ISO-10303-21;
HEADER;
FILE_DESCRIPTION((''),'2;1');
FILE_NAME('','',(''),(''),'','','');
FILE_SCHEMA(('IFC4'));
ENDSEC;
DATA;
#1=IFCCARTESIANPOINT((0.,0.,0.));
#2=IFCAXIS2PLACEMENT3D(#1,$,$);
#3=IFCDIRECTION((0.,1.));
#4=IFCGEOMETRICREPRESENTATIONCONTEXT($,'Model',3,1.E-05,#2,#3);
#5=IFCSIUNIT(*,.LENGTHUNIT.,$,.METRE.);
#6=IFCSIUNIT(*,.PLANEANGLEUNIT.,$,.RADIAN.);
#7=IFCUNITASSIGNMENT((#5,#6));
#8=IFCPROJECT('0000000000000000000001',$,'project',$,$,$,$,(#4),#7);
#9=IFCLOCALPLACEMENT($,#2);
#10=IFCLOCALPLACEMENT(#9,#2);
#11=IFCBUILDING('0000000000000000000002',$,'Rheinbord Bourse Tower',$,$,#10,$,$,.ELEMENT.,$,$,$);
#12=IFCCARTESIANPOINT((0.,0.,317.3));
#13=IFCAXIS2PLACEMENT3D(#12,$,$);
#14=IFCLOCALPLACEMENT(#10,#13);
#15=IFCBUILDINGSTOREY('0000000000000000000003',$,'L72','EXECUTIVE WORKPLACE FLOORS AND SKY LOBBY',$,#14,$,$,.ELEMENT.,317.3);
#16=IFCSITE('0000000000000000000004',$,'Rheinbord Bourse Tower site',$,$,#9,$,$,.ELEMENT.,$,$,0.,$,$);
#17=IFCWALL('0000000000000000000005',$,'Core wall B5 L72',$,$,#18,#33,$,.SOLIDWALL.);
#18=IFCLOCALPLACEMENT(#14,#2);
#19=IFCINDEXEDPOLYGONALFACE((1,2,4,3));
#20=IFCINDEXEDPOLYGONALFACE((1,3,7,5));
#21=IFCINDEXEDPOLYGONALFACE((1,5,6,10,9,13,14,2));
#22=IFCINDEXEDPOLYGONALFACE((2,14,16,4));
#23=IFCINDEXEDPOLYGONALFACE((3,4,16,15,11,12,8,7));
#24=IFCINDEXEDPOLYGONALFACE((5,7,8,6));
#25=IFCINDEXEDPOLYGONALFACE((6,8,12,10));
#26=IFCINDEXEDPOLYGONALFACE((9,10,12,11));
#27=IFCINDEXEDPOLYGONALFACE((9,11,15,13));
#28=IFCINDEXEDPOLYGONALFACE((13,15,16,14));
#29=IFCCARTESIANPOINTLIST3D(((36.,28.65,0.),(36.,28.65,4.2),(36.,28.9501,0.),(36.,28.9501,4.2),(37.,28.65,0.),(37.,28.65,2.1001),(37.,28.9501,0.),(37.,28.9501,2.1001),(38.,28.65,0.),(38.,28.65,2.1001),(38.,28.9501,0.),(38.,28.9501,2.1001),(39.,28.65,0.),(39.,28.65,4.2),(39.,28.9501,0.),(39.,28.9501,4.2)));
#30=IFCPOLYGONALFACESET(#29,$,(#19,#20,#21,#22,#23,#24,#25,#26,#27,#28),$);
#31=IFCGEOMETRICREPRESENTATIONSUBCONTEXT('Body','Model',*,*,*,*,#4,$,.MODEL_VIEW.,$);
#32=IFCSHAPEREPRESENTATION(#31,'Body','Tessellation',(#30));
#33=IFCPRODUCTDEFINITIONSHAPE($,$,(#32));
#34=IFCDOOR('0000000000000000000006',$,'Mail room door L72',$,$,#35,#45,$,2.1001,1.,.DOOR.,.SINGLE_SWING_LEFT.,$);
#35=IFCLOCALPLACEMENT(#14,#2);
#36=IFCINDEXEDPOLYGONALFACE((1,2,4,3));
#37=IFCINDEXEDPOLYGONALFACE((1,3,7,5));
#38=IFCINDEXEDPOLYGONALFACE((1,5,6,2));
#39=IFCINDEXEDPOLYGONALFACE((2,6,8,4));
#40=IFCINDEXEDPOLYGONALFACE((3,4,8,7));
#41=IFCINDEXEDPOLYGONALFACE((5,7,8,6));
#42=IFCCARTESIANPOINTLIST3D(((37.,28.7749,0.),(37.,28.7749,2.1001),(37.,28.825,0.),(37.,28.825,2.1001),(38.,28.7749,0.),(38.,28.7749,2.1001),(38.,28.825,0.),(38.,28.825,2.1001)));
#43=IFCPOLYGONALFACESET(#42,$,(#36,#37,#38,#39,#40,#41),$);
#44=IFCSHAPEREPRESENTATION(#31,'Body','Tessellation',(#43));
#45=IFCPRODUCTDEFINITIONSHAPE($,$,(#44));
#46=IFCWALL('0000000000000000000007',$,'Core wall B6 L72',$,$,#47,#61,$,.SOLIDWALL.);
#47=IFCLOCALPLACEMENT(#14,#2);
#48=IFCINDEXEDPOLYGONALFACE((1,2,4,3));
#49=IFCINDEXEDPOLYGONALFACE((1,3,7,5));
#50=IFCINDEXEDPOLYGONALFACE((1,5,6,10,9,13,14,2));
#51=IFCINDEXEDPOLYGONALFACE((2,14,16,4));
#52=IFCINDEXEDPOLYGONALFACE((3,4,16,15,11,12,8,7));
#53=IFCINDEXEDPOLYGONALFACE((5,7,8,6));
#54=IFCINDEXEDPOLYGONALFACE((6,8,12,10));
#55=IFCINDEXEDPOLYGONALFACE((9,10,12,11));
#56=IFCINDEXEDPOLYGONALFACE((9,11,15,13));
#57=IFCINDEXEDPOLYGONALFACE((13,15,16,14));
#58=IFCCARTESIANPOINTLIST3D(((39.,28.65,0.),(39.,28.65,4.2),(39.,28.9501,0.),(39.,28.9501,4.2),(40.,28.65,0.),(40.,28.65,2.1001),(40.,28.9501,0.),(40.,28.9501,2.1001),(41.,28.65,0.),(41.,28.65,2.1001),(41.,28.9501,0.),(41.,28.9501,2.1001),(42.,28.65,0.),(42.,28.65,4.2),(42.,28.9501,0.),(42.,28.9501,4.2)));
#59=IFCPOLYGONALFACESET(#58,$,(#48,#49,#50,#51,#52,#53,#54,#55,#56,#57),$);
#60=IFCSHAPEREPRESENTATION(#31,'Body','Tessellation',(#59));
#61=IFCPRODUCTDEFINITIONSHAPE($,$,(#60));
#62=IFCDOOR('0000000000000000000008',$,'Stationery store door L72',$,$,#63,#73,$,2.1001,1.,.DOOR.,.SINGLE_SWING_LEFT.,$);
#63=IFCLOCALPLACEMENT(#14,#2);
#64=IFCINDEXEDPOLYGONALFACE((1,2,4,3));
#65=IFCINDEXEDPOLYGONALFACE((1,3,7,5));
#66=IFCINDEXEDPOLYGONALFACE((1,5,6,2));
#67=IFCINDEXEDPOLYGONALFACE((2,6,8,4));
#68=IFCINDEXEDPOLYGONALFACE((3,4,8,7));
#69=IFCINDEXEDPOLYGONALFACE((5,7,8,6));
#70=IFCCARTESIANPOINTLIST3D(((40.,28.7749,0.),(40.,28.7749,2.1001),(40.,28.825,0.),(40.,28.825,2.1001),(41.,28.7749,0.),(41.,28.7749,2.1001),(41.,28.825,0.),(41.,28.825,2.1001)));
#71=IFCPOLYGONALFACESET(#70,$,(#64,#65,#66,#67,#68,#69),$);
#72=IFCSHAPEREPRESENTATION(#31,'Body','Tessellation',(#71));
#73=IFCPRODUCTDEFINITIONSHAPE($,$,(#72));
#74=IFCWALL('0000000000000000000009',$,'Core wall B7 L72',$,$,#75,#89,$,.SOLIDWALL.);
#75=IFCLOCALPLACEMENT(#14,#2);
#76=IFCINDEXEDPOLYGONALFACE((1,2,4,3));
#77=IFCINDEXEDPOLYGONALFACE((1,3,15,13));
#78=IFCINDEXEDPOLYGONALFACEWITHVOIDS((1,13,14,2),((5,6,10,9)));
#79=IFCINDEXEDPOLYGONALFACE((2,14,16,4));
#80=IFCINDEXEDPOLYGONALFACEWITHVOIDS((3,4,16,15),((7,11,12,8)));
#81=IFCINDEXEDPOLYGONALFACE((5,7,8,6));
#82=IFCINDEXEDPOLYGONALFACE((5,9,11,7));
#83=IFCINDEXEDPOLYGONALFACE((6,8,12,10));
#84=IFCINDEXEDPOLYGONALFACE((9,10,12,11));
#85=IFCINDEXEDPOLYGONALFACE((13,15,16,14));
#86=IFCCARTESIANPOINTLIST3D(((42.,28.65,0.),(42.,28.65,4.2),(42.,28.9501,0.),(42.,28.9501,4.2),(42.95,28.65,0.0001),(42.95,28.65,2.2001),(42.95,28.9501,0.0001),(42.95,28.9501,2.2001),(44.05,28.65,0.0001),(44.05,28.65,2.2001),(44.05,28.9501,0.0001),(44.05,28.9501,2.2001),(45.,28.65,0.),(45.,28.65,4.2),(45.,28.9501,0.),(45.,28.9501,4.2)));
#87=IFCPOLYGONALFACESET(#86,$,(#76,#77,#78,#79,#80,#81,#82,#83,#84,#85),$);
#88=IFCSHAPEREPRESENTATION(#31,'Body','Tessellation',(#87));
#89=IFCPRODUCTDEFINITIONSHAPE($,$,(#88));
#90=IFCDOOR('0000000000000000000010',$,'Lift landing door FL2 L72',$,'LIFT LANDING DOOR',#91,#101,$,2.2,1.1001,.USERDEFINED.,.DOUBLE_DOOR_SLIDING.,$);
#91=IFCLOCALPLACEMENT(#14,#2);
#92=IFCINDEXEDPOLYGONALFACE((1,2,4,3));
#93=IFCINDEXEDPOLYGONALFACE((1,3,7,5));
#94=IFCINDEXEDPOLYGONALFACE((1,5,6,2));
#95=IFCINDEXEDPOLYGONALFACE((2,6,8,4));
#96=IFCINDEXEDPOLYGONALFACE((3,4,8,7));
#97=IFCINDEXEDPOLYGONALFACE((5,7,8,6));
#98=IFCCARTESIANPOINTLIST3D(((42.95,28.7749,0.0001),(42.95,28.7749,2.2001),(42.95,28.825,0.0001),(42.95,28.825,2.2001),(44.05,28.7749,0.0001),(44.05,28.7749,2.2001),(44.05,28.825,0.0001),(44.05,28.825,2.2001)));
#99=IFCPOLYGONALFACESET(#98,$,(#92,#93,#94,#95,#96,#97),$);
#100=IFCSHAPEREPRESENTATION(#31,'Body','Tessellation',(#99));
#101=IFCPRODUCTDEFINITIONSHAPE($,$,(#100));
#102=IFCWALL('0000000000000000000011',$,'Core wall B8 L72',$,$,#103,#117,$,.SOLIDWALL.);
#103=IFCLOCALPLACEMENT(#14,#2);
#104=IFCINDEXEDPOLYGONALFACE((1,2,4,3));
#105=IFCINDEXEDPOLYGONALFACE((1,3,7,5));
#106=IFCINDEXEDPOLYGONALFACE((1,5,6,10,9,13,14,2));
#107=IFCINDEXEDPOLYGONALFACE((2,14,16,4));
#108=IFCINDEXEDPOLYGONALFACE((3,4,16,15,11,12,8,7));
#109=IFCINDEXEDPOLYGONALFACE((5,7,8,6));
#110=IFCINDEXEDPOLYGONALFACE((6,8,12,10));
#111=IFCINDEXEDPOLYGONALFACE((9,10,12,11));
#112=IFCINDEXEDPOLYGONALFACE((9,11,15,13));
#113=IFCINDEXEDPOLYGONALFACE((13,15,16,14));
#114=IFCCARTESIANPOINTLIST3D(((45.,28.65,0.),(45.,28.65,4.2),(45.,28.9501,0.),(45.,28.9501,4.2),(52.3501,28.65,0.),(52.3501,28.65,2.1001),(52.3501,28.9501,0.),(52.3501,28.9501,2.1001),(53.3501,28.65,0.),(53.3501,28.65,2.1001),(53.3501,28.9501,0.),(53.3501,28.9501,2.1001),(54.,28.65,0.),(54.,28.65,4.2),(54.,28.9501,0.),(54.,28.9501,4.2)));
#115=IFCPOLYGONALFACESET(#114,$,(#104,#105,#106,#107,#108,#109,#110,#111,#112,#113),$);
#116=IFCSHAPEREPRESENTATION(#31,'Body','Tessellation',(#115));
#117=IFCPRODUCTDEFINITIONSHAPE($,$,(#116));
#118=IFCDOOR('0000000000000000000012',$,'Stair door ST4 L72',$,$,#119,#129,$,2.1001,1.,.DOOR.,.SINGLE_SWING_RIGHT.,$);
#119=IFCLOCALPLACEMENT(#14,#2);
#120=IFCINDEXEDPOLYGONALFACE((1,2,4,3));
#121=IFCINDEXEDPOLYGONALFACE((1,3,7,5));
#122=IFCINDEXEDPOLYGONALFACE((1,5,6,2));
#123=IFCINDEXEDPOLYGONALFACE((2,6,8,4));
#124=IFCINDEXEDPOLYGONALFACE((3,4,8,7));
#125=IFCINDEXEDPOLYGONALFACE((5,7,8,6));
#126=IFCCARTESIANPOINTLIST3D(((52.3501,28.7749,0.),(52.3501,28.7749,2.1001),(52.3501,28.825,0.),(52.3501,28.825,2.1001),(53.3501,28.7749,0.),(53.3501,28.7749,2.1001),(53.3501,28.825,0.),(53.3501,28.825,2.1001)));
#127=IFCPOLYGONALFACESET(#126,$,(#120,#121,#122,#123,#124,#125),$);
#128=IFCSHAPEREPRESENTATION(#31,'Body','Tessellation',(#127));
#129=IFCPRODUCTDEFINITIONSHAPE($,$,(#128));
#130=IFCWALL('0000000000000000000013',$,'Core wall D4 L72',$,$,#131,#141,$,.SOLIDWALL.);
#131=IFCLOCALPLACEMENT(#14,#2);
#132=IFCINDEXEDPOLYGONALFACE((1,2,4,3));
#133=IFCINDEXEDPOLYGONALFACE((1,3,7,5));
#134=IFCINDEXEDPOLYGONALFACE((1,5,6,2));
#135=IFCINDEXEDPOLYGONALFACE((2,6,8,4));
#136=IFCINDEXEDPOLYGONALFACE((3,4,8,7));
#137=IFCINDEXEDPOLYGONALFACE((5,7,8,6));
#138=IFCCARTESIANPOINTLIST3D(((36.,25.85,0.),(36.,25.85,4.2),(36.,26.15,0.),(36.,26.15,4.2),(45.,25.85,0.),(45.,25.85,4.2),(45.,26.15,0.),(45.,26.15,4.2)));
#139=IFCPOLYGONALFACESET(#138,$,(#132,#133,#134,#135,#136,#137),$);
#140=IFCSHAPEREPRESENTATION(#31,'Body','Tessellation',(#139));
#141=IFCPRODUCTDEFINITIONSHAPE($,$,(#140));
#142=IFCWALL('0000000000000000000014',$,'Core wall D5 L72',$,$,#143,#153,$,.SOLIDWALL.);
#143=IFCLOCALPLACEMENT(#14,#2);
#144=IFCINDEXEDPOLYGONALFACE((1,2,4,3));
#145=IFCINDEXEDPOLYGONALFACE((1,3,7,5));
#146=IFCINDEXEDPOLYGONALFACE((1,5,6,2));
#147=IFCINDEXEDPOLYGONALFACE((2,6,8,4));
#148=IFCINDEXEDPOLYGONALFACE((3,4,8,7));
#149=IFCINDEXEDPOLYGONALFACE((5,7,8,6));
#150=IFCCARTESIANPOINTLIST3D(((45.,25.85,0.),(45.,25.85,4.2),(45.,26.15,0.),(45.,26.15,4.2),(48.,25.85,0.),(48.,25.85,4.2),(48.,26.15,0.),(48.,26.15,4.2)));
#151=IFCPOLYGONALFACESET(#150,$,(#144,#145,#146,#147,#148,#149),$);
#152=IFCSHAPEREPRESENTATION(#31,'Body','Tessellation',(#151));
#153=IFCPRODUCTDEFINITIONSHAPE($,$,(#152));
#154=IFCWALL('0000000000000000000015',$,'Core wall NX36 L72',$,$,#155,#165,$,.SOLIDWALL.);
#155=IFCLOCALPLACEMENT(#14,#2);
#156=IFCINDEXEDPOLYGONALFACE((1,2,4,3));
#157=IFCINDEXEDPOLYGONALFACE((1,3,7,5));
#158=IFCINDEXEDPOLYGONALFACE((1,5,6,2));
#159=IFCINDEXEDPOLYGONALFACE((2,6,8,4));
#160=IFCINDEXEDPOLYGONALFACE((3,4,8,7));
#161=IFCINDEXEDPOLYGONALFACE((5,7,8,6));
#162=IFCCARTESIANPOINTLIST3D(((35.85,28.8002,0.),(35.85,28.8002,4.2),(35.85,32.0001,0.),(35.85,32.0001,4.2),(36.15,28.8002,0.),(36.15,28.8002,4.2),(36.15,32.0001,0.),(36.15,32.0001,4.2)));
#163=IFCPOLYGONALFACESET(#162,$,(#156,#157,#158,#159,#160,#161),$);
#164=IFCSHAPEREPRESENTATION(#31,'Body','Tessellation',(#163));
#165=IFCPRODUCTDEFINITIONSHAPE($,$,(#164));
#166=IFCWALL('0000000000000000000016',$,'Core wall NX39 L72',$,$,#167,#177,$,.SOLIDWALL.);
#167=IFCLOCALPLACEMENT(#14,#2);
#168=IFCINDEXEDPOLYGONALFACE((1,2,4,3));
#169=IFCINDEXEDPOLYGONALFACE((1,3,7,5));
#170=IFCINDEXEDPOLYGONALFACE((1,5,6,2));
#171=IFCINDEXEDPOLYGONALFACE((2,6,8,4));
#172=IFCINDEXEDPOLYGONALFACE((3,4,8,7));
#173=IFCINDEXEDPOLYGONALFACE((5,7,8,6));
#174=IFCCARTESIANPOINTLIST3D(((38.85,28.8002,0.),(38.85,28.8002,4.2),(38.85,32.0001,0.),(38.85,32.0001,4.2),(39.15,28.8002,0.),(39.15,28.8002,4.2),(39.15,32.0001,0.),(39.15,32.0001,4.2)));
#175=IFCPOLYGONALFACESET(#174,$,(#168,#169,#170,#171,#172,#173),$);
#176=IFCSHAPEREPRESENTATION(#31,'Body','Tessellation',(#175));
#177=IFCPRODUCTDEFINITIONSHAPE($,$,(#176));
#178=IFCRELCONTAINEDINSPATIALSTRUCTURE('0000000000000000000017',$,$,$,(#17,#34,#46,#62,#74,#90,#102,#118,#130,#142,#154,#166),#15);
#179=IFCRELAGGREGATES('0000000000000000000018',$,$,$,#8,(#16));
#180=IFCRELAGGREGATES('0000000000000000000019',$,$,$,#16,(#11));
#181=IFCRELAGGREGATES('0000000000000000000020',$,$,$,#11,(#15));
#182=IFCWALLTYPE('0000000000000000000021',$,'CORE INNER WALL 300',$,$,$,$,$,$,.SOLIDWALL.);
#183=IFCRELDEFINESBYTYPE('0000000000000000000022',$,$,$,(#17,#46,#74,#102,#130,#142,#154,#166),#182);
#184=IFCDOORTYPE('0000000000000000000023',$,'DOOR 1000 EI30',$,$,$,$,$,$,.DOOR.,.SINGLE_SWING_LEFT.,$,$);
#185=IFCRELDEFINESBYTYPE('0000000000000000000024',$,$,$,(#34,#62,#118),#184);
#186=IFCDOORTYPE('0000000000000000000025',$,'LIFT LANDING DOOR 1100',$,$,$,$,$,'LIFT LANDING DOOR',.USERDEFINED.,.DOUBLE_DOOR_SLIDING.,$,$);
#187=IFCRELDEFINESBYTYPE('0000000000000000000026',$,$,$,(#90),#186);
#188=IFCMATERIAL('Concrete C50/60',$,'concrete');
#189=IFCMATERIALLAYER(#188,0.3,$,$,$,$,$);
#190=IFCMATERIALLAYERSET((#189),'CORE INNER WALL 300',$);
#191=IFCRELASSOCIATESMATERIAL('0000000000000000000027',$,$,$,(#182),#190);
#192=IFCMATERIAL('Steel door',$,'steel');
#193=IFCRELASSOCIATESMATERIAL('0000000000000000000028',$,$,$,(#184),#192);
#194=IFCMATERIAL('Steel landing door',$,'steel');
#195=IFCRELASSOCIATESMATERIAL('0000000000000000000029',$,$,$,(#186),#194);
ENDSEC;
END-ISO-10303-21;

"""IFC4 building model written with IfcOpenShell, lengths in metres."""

from ifc_helpers import new_model, si_unit, direction, frame, frame_2d, origin, place, context, subcontext, project, spatial, rectangle, extrude, material, layer, layer_set, type_object, element, fill, save


model = new_model("IFC4")

# Units and contexts
model_context = context("Model", 3, precision=1e-05, world=origin(), true_north=direction((0.0, 1.0)))
body_context = subcontext(model_context, "Body", "Model", "MODEL_VIEW")
ifc_project = project(units=[si_unit("LENGTHUNIT", "METRE"), si_unit("PLANEANGLEUNIT", "RADIAN")], contexts=[model_context])

# Site, building, storey
site_placement = place(None, origin())
site = spatial("IfcSite", under=ifc_project, at=site_placement, Name="Rheinbord Bourse Tower site", CompositionType="ELEMENT", RefElevation=0.0)
building_placement = place(site_placement, origin())
building = spatial("IfcBuilding", under=site, at=building_placement, Name="Rheinbord Bourse Tower", CompositionType="ELEMENT")
storey_placement = place(building_placement, frame((0.0, 0.0, 317.3)))
storey = spatial("IfcBuildingStorey", under=building, at=storey_placement, Name="L72", Description="EXECUTIVE WORKPLACE FLOORS AND SKY LOBBY", CompositionType="ELEMENT", Elevation=317.3)

# Walls, openings, doors
ifc_material_1 = material(Name="Concrete C50/60", Category="concrete")
ifc_layer_1 = layer(ifc_material_1, 0.3)
ifc_layer_set_1 = layer_set([ifc_layer_1], Name="CORE INNER WALL 300")
wall_type_1 = type_object("IfcWallType", Name="CORE INNER WALL 300", PredefinedType="SOLIDWALL", material=ifc_layer_set_1)
wall_1_placement = place(storey_placement, frame((36.0, 28.8, 0.0), z_axis=(0.0, 0.0, 1.0), x_axis=(1.0, 0.0, 0.0)))
wall_1 = element("IfcWall", 1, at=wall_1_placement, inside=storey, type_object=wall_type_1, Name="Core wall B5 L72", PredefinedType="SOLIDWALL", context=body_context, shape_type="SweptSolid", body=[
    extrude(rectangle(XDim=3.0, YDim=0.3, at=frame_2d((1.5, 0.0))), origin(), (0.0, 0.0, 1.0), 4.2),
])
opening_1_placement = place(wall_1_placement, frame((1.0, 0.0, 0.0)))
opening_1 = element("IfcOpeningElement", 2, at=opening_1_placement, cuts=wall_1, PredefinedType="OPENING", context=body_context, shape_type="SweptSolid", body=[
    extrude(rectangle(XDim=1.0, YDim=2.1001, at=frame_2d((0.5, 1.05))), frame((0.0, 0.1599, 0.0), z_axis=(0.0, -1.0, 0.0), x_axis=(1.0, 0.0, 0.0)), (0.0, 0.0, 1.0), 0.3201),
])
ifc_material_2 = material(Name="Steel door", Category="steel")
door_type_1 = type_object("IfcDoorType", Name="DOOR 1000 EI30", OperationType="SINGLE_SWING_LEFT", PredefinedType="DOOR", material=ifc_material_2)
door_1_placement = place(opening_1_placement, origin())
door_1 = element("IfcDoor", 3, at=door_1_placement, inside=storey, type_object=door_type_1, Name="Mail room door L72", OperationType="SINGLE_SWING_LEFT", OverallHeight=2.1001, OverallWidth=1.0, PredefinedType="DOOR", context=body_context, shape_type="SweptSolid", body=[
    extrude(rectangle(XDim=1.0, YDim=2.1001, at=frame_2d((0.5, 1.05))), frame((0.0, 0.0249, 0.0), z_axis=(0.0, -1.0, 0.0), x_axis=(1.0, 0.0, 0.0)), (0.0, 0.0, 1.0), 0.05),
])
fill(opening_1, door_1)
wall_2_placement = place(storey_placement, frame((39.0, 28.8, 0.0), z_axis=(0.0, 0.0, 1.0), x_axis=(1.0, 0.0, 0.0)))
wall_2 = element("IfcWall", 4, at=wall_2_placement, inside=storey, type_object=wall_type_1, Name="Core wall B6 L72", PredefinedType="SOLIDWALL", context=body_context, shape_type="SweptSolid", body=[
    extrude(rectangle(XDim=3.0, YDim=0.3, at=frame_2d((1.5, 0.0))), origin(), (0.0, 0.0, 1.0), 4.2),
])
opening_2_placement = place(wall_2_placement, frame((1.0, 0.0, 0.0)))
opening_2 = element("IfcOpeningElement", 5, at=opening_2_placement, cuts=wall_2, PredefinedType="OPENING", context=body_context, shape_type="SweptSolid", body=[
    extrude(rectangle(XDim=1.0, YDim=2.1001, at=frame_2d((0.5, 1.05))), frame((0.0, 0.1599, 0.0), z_axis=(0.0, -1.0, 0.0), x_axis=(1.0, 0.0, 0.0)), (0.0, 0.0, 1.0), 0.3201),
])
door_2_placement = place(opening_2_placement, origin())
door_2 = element("IfcDoor", 6, at=door_2_placement, inside=storey, type_object=door_type_1, Name="Stationery store door L72", OperationType="SINGLE_SWING_LEFT", OverallHeight=2.1001, OverallWidth=1.0, PredefinedType="DOOR", context=body_context, shape_type="SweptSolid", body=[
    extrude(rectangle(XDim=1.0, YDim=2.1001, at=frame_2d((0.5, 1.05))), frame((0.0, 0.0249, 0.0), z_axis=(0.0, -1.0, 0.0), x_axis=(1.0, 0.0, 0.0)), (0.0, 0.0, 1.0), 0.05),
])
fill(opening_2, door_2)
wall_3_placement = place(storey_placement, frame((42.0, 28.8, 0.0), z_axis=(0.0, 0.0, 1.0), x_axis=(1.0, 0.0, 0.0)))
wall_3 = element("IfcWall", 7, at=wall_3_placement, inside=storey, type_object=wall_type_1, Name="Core wall B7 L72", PredefinedType="SOLIDWALL", context=body_context, shape_type="SweptSolid", body=[
    extrude(rectangle(XDim=3.0, YDim=0.3, at=frame_2d((1.5, 0.0))), origin(), (0.0, 0.0, 1.0), 4.2),
])
opening_3_placement = place(wall_3_placement, frame((0.95, 0.0, 0.0)))
opening_3 = element("IfcOpeningElement", 8, at=opening_3_placement, cuts=wall_3, PredefinedType="OPENING", context=body_context, shape_type="SweptSolid", body=[
    extrude(rectangle(XDim=1.1001, YDim=2.2, at=frame_2d((0.55, 1.1001))), frame((0.0, 0.1599, 0.0), z_axis=(0.0, -1.0, 0.0), x_axis=(1.0, 0.0, 0.0)), (0.0, 0.0, 1.0), 0.3201),
])
ifc_material_3 = material(Name="Steel landing door", Category="steel")
door_type_2 = type_object("IfcDoorType", Name="LIFT LANDING DOOR 1100", ElementType="LIFT LANDING DOOR", OperationType="DOUBLE_DOOR_SLIDING", PredefinedType="USERDEFINED", material=ifc_material_3)
door_3_placement = place(opening_3_placement, origin())
door_3 = element("IfcDoor", 9, at=door_3_placement, inside=storey, type_object=door_type_2, Name="Lift landing door FL2 L72", ObjectType="LIFT LANDING DOOR", OperationType="DOUBLE_DOOR_SLIDING", OverallHeight=2.2, OverallWidth=1.1001, PredefinedType="USERDEFINED", context=body_context, shape_type="SweptSolid", body=[
    extrude(rectangle(XDim=1.1001, YDim=2.2, at=frame_2d((0.55, 1.1001))), frame((0.0, 0.0249, 0.0), z_axis=(0.0, -1.0, 0.0), x_axis=(1.0, 0.0, 0.0)), (0.0, 0.0, 1.0), 0.05),
])
fill(opening_3, door_3)
wall_4_placement = place(storey_placement, frame((45.0, 28.8, 0.0), z_axis=(0.0, 0.0, 1.0), x_axis=(1.0, 0.0, 0.0)))
wall_4 = element("IfcWall", 10, at=wall_4_placement, inside=storey, type_object=wall_type_1, Name="Core wall B8 L72", PredefinedType="SOLIDWALL", context=body_context, shape_type="SweptSolid", body=[
    extrude(rectangle(XDim=9.0, YDim=0.3, at=frame_2d((4.5, 0.0))), origin(), (0.0, 0.0, 1.0), 4.2),
])
opening_4_placement = place(wall_4_placement, frame((7.3501, 0.0, 0.0)))
opening_4 = element("IfcOpeningElement", 11, at=opening_4_placement, cuts=wall_4, PredefinedType="OPENING", context=body_context, shape_type="SweptSolid", body=[
    extrude(rectangle(XDim=1.0, YDim=2.1001, at=frame_2d((0.5, 1.05))), frame((0.0, 0.1599, 0.0), z_axis=(0.0, -1.0, 0.0), x_axis=(1.0, 0.0, 0.0)), (0.0, 0.0, 1.0), 0.3201),
])
door_4_placement = place(opening_4_placement, origin())
door_4 = element("IfcDoor", 12, at=door_4_placement, inside=storey, type_object=door_type_1, Name="Stair door ST4 L72", OperationType="SINGLE_SWING_RIGHT", OverallHeight=2.1001, OverallWidth=1.0, PredefinedType="DOOR", context=body_context, shape_type="SweptSolid", body=[
    extrude(rectangle(XDim=1.0, YDim=2.1001, at=frame_2d((0.5, 1.05))), frame((0.0, 0.0249, 0.0), z_axis=(0.0, -1.0, 0.0), x_axis=(1.0, 0.0, 0.0)), (0.0, 0.0, 1.0), 0.05),
])
fill(opening_4, door_4)

# Walls
wall_5_placement = place(storey_placement, frame((36.0, 26.0, 0.0), z_axis=(0.0, 0.0, 1.0), x_axis=(1.0, 0.0, 0.0)))
element("IfcWall", 13, at=wall_5_placement, inside=storey, type_object=wall_type_1, Name="Core wall D4 L72", PredefinedType="SOLIDWALL", context=body_context, shape_type="SweptSolid", body=[
    extrude(rectangle(XDim=9.0, YDim=0.3, at=frame_2d((4.5, 0.0))), origin(), (0.0, 0.0, 1.0), 4.2),
])
wall_6_placement = place(storey_placement, frame((45.0, 26.0, 0.0), z_axis=(0.0, 0.0, 1.0), x_axis=(1.0, 0.0, 0.0)))
element("IfcWall", 14, at=wall_6_placement, inside=storey, type_object=wall_type_1, Name="Core wall D5 L72", PredefinedType="SOLIDWALL", context=body_context, shape_type="SweptSolid", body=[
    extrude(rectangle(XDim=3.0, YDim=0.3, at=frame_2d((1.5, 0.0))), origin(), (0.0, 0.0, 1.0), 4.2),
])
for number, where, z_axis, x_axis, name in (
    (15, (36.0, 28.8, 0.0), (0.0, 0.0, 1.0), (0.0, 1.0, 0.0), "Core wall NX36 L72"),
    (16, (39.0, 28.8, 0.0), (0.0, 0.0, 1.0), (0.0, 1.0, 0.0), "Core wall NX39 L72"),
):
    element("IfcWall", number, at=place(storey_placement, frame(where, z_axis=z_axis, x_axis=x_axis)), inside=storey, type_object=wall_type_1, Name=name, PredefinedType="SOLIDWALL", context=body_context, shape_type="SweptSolid", body=[
        extrude(rectangle(XDim=3.2, YDim=0.3, at=frame_2d((1.6001, 0.0))), origin(), (0.0, 0.0, 1.0), 4.2),
    ])

save(model, "model.ifc")
